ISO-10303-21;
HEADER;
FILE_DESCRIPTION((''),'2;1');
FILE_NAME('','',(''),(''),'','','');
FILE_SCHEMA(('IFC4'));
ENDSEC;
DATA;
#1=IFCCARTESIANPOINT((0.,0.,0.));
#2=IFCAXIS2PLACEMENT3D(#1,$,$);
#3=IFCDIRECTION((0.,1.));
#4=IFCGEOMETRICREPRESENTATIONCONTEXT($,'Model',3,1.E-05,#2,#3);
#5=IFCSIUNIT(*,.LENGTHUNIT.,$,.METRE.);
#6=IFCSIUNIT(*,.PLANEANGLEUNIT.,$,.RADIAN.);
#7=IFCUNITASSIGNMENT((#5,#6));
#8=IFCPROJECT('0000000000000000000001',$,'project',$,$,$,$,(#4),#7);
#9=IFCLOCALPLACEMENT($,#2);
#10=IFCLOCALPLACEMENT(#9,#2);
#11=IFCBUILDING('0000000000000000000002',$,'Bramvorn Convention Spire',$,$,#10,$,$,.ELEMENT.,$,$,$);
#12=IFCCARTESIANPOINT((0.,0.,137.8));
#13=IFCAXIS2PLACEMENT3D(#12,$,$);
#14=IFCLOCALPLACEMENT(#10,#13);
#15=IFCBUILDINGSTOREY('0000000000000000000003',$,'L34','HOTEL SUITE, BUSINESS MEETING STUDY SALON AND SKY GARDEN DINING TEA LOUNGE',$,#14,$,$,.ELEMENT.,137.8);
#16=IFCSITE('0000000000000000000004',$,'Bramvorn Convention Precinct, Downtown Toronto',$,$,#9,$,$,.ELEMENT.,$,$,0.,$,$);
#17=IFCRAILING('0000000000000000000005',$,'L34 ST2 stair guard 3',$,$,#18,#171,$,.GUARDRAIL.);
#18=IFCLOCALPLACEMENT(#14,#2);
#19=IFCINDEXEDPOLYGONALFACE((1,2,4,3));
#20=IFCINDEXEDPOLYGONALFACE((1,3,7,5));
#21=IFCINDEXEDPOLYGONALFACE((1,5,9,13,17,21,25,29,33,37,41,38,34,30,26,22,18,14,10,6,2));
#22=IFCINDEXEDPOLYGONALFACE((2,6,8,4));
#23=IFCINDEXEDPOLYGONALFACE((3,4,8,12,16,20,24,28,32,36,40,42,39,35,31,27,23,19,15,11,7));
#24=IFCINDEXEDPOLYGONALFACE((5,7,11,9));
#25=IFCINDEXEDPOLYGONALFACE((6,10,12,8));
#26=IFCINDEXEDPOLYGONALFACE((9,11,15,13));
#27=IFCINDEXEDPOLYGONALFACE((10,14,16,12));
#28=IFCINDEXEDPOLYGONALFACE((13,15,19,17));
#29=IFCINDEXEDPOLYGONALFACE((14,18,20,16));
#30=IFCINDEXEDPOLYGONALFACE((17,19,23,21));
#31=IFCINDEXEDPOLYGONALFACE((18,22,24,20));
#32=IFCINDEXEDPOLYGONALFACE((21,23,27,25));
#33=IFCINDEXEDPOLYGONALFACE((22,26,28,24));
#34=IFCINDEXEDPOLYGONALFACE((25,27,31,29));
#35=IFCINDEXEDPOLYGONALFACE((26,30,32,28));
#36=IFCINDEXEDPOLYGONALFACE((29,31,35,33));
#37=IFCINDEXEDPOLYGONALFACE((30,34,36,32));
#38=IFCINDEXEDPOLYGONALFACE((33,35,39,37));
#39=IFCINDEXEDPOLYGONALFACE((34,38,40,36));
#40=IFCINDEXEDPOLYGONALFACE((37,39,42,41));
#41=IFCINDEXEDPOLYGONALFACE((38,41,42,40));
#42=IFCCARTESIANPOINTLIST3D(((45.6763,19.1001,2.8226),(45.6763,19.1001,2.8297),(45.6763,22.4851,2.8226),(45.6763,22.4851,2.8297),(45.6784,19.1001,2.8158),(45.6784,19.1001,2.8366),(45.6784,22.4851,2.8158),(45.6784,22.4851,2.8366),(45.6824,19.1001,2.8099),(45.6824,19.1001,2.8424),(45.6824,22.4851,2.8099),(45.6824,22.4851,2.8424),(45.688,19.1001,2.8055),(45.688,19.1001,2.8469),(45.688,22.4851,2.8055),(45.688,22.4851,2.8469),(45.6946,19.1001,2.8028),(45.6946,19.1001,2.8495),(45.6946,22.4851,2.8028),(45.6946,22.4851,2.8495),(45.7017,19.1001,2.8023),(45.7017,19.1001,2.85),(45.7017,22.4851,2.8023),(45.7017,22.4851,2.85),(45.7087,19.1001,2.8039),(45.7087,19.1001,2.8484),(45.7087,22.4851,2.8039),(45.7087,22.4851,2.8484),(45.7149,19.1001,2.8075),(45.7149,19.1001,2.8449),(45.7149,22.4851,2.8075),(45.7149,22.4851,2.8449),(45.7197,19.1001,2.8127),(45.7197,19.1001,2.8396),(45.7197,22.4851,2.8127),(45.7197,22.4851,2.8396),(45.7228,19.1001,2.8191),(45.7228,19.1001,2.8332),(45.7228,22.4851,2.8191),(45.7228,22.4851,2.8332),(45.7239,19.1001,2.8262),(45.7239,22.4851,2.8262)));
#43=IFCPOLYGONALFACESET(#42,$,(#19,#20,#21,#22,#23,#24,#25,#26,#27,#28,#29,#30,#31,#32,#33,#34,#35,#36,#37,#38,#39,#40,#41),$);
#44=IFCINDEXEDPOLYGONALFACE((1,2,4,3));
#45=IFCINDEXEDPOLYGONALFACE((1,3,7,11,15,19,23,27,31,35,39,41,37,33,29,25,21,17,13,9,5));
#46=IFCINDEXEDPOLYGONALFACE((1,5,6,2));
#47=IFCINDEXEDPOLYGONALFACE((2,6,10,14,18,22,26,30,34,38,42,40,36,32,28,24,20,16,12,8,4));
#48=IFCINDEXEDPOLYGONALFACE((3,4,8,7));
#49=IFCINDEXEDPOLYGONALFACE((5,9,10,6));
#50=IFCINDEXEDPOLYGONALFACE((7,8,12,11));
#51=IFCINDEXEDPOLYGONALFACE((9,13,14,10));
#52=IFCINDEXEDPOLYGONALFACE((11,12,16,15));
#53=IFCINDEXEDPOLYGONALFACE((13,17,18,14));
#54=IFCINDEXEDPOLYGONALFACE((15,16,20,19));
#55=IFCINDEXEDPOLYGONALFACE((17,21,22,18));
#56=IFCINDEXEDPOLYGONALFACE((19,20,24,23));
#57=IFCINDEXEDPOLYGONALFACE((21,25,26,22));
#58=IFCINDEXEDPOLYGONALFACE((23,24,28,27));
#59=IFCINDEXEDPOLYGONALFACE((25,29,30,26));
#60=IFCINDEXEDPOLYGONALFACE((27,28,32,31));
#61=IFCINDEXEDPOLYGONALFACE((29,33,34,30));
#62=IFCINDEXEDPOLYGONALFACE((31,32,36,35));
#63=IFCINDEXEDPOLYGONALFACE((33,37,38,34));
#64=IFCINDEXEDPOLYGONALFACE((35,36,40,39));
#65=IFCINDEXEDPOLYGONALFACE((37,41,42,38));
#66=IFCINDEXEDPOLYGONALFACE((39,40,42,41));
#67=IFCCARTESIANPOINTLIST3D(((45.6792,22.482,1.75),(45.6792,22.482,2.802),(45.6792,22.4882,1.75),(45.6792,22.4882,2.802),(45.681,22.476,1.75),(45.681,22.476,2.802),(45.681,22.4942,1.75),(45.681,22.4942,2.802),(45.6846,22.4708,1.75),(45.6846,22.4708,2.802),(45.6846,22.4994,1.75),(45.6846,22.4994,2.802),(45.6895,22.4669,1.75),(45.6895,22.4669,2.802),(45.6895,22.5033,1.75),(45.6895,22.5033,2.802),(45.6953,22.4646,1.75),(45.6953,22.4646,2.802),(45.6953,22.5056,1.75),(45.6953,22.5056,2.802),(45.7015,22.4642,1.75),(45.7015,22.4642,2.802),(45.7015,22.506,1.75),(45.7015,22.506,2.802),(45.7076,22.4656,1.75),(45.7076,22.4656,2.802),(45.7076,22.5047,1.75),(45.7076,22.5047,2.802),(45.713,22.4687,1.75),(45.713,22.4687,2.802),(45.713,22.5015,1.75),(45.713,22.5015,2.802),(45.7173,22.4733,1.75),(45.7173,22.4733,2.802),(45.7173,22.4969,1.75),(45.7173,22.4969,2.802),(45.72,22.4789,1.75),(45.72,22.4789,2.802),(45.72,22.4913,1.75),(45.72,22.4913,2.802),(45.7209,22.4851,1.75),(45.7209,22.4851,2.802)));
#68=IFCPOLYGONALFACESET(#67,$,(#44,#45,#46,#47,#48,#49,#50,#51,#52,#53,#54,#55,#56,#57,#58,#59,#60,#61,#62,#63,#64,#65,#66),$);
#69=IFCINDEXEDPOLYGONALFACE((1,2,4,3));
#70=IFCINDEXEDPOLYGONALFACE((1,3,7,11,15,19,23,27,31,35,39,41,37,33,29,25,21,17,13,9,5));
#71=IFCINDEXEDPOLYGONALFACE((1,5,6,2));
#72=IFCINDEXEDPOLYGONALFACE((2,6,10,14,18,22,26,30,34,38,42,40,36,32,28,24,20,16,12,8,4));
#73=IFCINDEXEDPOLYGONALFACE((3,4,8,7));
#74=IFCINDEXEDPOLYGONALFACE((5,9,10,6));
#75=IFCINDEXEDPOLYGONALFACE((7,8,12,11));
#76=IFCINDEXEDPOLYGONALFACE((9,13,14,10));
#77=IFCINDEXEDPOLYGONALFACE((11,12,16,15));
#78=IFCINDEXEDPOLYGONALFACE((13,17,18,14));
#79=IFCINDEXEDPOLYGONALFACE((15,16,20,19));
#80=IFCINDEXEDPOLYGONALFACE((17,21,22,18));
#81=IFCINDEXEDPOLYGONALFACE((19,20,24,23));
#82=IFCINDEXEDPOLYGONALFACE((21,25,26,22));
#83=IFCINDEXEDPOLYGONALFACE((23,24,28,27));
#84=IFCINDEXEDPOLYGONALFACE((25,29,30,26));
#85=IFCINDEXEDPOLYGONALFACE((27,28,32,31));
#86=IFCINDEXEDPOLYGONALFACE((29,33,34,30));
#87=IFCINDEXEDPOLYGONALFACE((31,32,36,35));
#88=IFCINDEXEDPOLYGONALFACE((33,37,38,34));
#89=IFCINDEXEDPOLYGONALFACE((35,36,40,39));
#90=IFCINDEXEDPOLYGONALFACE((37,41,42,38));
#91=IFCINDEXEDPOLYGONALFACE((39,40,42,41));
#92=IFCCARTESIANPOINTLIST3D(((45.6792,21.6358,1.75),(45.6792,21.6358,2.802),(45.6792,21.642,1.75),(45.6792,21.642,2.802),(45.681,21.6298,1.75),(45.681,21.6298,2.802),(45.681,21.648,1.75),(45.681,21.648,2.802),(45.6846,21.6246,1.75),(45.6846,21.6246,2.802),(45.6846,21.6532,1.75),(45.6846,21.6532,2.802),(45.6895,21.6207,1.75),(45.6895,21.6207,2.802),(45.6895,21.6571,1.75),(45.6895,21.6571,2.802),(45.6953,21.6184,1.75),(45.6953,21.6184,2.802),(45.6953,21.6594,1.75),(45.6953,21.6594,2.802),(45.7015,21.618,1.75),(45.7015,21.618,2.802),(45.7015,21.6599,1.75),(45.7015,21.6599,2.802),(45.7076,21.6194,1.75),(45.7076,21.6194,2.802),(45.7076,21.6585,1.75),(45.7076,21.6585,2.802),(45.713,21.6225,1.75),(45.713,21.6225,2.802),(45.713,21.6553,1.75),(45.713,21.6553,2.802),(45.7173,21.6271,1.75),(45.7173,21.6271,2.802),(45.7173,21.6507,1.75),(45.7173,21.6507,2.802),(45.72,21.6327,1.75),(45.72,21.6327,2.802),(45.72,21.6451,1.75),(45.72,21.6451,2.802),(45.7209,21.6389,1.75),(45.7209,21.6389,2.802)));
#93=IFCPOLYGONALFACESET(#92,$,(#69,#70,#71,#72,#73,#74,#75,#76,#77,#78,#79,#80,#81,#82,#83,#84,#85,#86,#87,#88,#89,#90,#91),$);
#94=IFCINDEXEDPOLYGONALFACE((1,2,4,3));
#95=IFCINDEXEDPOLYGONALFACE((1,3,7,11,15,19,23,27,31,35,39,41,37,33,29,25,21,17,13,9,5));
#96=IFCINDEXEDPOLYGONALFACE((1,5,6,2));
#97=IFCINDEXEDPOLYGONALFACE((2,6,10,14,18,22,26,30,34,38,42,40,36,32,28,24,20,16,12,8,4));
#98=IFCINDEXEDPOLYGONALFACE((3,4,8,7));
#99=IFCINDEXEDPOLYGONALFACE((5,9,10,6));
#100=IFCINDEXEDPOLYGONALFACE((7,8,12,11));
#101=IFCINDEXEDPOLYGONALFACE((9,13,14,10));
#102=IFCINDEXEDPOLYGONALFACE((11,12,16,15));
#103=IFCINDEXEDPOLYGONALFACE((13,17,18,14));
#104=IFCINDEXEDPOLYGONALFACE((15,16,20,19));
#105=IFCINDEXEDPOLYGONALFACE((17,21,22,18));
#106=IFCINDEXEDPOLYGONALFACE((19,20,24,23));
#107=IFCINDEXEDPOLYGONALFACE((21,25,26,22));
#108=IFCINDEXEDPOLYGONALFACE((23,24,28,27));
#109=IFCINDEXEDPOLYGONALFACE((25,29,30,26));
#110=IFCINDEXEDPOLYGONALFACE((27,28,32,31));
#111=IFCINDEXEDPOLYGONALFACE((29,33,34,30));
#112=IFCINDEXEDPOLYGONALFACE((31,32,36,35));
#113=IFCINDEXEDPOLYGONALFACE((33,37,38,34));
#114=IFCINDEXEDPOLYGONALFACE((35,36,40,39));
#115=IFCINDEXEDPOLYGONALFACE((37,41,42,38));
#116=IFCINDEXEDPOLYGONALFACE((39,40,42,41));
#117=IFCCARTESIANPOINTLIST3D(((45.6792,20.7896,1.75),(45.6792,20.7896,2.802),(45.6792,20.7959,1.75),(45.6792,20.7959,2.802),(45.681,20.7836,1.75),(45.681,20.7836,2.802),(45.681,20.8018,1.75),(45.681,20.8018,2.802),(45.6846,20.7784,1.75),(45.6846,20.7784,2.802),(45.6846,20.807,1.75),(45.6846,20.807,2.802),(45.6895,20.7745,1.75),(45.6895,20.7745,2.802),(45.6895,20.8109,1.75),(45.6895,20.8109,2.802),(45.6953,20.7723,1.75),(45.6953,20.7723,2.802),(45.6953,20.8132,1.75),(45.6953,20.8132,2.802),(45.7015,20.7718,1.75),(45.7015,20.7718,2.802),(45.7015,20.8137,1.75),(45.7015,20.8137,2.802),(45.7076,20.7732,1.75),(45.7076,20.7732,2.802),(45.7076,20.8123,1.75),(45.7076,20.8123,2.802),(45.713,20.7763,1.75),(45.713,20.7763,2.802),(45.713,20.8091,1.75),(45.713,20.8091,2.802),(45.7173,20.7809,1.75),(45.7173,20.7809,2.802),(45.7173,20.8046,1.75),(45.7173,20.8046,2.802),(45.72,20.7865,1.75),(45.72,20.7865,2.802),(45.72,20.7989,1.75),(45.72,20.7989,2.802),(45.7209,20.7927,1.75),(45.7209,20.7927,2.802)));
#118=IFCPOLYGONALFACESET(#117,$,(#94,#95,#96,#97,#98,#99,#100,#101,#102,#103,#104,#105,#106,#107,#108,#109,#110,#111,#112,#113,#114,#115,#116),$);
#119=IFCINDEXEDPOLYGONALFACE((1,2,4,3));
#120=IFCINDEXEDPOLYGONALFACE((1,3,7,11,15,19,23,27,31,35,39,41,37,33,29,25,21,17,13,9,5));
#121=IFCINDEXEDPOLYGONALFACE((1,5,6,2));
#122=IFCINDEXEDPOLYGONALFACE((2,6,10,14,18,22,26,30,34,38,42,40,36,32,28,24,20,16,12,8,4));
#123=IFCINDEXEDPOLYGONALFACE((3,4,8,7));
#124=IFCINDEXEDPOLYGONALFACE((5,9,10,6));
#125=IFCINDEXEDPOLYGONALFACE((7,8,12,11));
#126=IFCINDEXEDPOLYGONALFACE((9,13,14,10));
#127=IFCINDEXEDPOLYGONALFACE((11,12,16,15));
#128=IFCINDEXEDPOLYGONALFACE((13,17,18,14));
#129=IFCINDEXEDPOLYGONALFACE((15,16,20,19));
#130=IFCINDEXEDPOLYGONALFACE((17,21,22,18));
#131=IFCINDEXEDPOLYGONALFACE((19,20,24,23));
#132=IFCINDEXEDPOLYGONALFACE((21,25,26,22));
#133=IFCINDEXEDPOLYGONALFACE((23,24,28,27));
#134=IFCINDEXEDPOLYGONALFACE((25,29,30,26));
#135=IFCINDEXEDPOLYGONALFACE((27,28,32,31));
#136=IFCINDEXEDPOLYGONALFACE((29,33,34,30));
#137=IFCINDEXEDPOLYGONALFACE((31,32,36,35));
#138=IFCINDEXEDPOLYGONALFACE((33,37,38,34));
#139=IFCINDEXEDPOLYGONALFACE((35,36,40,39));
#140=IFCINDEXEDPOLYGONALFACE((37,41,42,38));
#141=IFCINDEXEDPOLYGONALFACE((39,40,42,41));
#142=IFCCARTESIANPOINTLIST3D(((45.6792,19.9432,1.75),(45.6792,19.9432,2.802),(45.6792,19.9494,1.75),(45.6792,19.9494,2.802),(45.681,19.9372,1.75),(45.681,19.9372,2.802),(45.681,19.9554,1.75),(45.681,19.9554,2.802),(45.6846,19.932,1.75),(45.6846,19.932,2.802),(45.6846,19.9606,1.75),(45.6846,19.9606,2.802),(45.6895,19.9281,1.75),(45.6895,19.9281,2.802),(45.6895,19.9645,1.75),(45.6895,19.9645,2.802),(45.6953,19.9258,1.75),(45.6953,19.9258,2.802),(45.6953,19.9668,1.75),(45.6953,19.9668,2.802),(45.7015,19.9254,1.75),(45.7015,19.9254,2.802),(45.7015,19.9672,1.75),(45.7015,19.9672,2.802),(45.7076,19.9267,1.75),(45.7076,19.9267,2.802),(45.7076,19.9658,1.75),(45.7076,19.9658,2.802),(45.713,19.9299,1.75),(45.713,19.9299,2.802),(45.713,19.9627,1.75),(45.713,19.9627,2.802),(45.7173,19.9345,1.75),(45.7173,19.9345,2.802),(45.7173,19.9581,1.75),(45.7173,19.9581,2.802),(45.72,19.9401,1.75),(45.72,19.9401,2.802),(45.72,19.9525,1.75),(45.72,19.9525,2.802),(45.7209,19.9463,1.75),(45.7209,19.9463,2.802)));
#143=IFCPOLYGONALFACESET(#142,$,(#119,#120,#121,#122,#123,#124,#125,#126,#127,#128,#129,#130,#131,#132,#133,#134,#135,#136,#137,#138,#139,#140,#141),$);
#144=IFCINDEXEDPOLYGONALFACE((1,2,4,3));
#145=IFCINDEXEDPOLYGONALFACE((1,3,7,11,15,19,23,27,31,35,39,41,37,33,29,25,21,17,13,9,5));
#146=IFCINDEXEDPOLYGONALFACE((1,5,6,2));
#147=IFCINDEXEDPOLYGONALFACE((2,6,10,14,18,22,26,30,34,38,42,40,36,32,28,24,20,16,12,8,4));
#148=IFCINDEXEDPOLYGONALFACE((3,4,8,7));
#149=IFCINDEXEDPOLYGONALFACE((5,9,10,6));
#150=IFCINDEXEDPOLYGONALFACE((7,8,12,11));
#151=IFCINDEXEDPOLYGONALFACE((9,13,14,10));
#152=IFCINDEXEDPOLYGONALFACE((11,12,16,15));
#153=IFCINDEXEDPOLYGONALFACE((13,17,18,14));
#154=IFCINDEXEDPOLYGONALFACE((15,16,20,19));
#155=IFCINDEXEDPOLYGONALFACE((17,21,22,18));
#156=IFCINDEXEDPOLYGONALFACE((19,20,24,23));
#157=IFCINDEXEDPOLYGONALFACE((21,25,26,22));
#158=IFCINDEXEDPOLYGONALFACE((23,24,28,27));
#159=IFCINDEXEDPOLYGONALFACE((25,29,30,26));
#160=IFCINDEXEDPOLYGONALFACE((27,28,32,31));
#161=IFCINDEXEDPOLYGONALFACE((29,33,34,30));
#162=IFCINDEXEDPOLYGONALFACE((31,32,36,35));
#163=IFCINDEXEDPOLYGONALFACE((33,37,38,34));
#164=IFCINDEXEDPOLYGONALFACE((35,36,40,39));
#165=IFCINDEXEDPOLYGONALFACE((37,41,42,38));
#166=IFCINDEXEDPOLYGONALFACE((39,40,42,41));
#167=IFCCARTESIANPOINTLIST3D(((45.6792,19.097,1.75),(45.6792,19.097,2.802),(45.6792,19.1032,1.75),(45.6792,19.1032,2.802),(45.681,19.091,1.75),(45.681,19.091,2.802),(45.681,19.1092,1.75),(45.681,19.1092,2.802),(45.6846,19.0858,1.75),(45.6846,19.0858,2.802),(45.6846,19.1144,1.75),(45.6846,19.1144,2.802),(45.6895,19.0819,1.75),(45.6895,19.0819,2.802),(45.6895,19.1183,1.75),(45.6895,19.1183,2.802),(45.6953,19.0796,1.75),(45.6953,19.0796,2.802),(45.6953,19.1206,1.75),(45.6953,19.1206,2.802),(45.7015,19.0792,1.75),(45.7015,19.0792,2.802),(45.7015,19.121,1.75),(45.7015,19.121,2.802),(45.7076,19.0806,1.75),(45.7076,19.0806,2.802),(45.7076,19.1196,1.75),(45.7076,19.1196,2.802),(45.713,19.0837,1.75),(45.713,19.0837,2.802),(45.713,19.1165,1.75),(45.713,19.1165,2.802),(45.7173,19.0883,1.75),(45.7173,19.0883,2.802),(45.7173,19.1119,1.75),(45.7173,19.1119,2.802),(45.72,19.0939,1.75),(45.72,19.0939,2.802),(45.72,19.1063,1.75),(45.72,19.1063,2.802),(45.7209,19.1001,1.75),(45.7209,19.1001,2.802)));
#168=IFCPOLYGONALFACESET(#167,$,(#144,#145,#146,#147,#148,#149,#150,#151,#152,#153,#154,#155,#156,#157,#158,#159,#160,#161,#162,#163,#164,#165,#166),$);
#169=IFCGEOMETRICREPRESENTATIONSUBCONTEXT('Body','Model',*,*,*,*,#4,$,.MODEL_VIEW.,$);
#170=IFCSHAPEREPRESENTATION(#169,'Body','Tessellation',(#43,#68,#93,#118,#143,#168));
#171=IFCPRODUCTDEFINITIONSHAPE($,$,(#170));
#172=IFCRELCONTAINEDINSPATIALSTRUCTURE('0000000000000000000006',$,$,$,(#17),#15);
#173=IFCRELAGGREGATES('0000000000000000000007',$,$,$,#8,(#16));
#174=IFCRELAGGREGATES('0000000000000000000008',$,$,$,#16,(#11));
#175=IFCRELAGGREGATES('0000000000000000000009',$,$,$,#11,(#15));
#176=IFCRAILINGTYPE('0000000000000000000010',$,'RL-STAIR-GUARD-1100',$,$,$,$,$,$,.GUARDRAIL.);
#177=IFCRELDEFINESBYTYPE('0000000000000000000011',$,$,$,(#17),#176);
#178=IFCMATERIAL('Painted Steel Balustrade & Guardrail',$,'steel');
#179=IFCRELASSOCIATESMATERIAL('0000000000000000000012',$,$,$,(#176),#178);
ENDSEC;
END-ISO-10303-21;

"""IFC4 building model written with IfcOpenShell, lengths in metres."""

from ifc_helpers import new_model, si_unit, direction, frame, origin, origin_2d, place, context, subcontext, project, spatial, circle, extrude, material, type_object, element, save


model = new_model("IFC4")

# Units and contexts
model_context = context("Model", 3, precision=1e-05, world=origin(), true_north=direction((0.0, 1.0)))
body_context = subcontext(model_context, "Body", "Model", "MODEL_VIEW")
ifc_project = project(units=[si_unit("LENGTHUNIT", "METRE"), si_unit("PLANEANGLEUNIT", "RADIAN")], contexts=[model_context])

# Site, building, storey
site_placement = place(None, origin())
site = spatial("IfcSite", under=ifc_project, at=site_placement, Name="Bramvorn Convention Precinct, Downtown Toronto", CompositionType="ELEMENT", RefElevation=0.0)
building_placement = place(site_placement, origin())
building = spatial("IfcBuilding", under=site, at=building_placement, Name="Bramvorn Convention Spire", CompositionType="ELEMENT")
storey_placement = place(building_placement, frame((0.0, 0.0, 137.8)))
storey = spatial("IfcBuildingStorey", under=building, at=storey_placement, Name="L34", Description="HOTEL SUITE, BUSINESS MEETING STUDY SALON AND SKY GARDEN DINING TEA LOUNGE", CompositionType="ELEMENT", Elevation=137.8)

# Railing
ifc_material_1 = material(Name="Painted Steel Balustrade & Guardrail", Category="steel")
railing_type_1 = type_object("IfcRailingType", Name="RL-STAIR-GUARD-1100", PredefinedType="GUARDRAIL", material=ifc_material_1)
railing_1_placement = place(storey_placement, frame((45.7, 22.4851, 1.75)))
element("IfcRailing", 1, at=railing_1_placement, inside=storey, type_object=railing_type_1, Name="L34 ST2 stair guard 3", PredefinedType="GUARDRAIL", context=body_context, shape_type="SweptSolid", body=[
    extrude(circle(Radius=0.0239, at=origin_2d()), frame((0.0, 0.0, 1.0762), z_axis=(0.0, -1.0, 0.0), x_axis=(1.0, 0.0, 0.0)), (0.0, 0.0, 1.0), 3.385),
    extrude(circle(Radius=0.021, at=origin_2d()), origin(), (0.0, 0.0, 1.0), 1.052),
    extrude(circle(Radius=0.021, at=origin_2d()), frame((0.0, -0.8462, 0.0)), (0.0, 0.0, 1.0), 1.052),
    extrude(circle(Radius=0.021, at=origin_2d()), frame((0.0, -1.6924, 0.0)), (0.0, 0.0, 1.0), 1.052),
    extrude(circle(Radius=0.021, at=origin_2d()), frame((0.0, -2.5388, 0.0)), (0.0, 0.0, 1.0), 1.052),
    extrude(circle(Radius=0.021, at=origin_2d()), frame((0.0, -3.385, 0.0)), (0.0, 0.0, 1.0), 1.052),
])

save(model, "model.ifc")
